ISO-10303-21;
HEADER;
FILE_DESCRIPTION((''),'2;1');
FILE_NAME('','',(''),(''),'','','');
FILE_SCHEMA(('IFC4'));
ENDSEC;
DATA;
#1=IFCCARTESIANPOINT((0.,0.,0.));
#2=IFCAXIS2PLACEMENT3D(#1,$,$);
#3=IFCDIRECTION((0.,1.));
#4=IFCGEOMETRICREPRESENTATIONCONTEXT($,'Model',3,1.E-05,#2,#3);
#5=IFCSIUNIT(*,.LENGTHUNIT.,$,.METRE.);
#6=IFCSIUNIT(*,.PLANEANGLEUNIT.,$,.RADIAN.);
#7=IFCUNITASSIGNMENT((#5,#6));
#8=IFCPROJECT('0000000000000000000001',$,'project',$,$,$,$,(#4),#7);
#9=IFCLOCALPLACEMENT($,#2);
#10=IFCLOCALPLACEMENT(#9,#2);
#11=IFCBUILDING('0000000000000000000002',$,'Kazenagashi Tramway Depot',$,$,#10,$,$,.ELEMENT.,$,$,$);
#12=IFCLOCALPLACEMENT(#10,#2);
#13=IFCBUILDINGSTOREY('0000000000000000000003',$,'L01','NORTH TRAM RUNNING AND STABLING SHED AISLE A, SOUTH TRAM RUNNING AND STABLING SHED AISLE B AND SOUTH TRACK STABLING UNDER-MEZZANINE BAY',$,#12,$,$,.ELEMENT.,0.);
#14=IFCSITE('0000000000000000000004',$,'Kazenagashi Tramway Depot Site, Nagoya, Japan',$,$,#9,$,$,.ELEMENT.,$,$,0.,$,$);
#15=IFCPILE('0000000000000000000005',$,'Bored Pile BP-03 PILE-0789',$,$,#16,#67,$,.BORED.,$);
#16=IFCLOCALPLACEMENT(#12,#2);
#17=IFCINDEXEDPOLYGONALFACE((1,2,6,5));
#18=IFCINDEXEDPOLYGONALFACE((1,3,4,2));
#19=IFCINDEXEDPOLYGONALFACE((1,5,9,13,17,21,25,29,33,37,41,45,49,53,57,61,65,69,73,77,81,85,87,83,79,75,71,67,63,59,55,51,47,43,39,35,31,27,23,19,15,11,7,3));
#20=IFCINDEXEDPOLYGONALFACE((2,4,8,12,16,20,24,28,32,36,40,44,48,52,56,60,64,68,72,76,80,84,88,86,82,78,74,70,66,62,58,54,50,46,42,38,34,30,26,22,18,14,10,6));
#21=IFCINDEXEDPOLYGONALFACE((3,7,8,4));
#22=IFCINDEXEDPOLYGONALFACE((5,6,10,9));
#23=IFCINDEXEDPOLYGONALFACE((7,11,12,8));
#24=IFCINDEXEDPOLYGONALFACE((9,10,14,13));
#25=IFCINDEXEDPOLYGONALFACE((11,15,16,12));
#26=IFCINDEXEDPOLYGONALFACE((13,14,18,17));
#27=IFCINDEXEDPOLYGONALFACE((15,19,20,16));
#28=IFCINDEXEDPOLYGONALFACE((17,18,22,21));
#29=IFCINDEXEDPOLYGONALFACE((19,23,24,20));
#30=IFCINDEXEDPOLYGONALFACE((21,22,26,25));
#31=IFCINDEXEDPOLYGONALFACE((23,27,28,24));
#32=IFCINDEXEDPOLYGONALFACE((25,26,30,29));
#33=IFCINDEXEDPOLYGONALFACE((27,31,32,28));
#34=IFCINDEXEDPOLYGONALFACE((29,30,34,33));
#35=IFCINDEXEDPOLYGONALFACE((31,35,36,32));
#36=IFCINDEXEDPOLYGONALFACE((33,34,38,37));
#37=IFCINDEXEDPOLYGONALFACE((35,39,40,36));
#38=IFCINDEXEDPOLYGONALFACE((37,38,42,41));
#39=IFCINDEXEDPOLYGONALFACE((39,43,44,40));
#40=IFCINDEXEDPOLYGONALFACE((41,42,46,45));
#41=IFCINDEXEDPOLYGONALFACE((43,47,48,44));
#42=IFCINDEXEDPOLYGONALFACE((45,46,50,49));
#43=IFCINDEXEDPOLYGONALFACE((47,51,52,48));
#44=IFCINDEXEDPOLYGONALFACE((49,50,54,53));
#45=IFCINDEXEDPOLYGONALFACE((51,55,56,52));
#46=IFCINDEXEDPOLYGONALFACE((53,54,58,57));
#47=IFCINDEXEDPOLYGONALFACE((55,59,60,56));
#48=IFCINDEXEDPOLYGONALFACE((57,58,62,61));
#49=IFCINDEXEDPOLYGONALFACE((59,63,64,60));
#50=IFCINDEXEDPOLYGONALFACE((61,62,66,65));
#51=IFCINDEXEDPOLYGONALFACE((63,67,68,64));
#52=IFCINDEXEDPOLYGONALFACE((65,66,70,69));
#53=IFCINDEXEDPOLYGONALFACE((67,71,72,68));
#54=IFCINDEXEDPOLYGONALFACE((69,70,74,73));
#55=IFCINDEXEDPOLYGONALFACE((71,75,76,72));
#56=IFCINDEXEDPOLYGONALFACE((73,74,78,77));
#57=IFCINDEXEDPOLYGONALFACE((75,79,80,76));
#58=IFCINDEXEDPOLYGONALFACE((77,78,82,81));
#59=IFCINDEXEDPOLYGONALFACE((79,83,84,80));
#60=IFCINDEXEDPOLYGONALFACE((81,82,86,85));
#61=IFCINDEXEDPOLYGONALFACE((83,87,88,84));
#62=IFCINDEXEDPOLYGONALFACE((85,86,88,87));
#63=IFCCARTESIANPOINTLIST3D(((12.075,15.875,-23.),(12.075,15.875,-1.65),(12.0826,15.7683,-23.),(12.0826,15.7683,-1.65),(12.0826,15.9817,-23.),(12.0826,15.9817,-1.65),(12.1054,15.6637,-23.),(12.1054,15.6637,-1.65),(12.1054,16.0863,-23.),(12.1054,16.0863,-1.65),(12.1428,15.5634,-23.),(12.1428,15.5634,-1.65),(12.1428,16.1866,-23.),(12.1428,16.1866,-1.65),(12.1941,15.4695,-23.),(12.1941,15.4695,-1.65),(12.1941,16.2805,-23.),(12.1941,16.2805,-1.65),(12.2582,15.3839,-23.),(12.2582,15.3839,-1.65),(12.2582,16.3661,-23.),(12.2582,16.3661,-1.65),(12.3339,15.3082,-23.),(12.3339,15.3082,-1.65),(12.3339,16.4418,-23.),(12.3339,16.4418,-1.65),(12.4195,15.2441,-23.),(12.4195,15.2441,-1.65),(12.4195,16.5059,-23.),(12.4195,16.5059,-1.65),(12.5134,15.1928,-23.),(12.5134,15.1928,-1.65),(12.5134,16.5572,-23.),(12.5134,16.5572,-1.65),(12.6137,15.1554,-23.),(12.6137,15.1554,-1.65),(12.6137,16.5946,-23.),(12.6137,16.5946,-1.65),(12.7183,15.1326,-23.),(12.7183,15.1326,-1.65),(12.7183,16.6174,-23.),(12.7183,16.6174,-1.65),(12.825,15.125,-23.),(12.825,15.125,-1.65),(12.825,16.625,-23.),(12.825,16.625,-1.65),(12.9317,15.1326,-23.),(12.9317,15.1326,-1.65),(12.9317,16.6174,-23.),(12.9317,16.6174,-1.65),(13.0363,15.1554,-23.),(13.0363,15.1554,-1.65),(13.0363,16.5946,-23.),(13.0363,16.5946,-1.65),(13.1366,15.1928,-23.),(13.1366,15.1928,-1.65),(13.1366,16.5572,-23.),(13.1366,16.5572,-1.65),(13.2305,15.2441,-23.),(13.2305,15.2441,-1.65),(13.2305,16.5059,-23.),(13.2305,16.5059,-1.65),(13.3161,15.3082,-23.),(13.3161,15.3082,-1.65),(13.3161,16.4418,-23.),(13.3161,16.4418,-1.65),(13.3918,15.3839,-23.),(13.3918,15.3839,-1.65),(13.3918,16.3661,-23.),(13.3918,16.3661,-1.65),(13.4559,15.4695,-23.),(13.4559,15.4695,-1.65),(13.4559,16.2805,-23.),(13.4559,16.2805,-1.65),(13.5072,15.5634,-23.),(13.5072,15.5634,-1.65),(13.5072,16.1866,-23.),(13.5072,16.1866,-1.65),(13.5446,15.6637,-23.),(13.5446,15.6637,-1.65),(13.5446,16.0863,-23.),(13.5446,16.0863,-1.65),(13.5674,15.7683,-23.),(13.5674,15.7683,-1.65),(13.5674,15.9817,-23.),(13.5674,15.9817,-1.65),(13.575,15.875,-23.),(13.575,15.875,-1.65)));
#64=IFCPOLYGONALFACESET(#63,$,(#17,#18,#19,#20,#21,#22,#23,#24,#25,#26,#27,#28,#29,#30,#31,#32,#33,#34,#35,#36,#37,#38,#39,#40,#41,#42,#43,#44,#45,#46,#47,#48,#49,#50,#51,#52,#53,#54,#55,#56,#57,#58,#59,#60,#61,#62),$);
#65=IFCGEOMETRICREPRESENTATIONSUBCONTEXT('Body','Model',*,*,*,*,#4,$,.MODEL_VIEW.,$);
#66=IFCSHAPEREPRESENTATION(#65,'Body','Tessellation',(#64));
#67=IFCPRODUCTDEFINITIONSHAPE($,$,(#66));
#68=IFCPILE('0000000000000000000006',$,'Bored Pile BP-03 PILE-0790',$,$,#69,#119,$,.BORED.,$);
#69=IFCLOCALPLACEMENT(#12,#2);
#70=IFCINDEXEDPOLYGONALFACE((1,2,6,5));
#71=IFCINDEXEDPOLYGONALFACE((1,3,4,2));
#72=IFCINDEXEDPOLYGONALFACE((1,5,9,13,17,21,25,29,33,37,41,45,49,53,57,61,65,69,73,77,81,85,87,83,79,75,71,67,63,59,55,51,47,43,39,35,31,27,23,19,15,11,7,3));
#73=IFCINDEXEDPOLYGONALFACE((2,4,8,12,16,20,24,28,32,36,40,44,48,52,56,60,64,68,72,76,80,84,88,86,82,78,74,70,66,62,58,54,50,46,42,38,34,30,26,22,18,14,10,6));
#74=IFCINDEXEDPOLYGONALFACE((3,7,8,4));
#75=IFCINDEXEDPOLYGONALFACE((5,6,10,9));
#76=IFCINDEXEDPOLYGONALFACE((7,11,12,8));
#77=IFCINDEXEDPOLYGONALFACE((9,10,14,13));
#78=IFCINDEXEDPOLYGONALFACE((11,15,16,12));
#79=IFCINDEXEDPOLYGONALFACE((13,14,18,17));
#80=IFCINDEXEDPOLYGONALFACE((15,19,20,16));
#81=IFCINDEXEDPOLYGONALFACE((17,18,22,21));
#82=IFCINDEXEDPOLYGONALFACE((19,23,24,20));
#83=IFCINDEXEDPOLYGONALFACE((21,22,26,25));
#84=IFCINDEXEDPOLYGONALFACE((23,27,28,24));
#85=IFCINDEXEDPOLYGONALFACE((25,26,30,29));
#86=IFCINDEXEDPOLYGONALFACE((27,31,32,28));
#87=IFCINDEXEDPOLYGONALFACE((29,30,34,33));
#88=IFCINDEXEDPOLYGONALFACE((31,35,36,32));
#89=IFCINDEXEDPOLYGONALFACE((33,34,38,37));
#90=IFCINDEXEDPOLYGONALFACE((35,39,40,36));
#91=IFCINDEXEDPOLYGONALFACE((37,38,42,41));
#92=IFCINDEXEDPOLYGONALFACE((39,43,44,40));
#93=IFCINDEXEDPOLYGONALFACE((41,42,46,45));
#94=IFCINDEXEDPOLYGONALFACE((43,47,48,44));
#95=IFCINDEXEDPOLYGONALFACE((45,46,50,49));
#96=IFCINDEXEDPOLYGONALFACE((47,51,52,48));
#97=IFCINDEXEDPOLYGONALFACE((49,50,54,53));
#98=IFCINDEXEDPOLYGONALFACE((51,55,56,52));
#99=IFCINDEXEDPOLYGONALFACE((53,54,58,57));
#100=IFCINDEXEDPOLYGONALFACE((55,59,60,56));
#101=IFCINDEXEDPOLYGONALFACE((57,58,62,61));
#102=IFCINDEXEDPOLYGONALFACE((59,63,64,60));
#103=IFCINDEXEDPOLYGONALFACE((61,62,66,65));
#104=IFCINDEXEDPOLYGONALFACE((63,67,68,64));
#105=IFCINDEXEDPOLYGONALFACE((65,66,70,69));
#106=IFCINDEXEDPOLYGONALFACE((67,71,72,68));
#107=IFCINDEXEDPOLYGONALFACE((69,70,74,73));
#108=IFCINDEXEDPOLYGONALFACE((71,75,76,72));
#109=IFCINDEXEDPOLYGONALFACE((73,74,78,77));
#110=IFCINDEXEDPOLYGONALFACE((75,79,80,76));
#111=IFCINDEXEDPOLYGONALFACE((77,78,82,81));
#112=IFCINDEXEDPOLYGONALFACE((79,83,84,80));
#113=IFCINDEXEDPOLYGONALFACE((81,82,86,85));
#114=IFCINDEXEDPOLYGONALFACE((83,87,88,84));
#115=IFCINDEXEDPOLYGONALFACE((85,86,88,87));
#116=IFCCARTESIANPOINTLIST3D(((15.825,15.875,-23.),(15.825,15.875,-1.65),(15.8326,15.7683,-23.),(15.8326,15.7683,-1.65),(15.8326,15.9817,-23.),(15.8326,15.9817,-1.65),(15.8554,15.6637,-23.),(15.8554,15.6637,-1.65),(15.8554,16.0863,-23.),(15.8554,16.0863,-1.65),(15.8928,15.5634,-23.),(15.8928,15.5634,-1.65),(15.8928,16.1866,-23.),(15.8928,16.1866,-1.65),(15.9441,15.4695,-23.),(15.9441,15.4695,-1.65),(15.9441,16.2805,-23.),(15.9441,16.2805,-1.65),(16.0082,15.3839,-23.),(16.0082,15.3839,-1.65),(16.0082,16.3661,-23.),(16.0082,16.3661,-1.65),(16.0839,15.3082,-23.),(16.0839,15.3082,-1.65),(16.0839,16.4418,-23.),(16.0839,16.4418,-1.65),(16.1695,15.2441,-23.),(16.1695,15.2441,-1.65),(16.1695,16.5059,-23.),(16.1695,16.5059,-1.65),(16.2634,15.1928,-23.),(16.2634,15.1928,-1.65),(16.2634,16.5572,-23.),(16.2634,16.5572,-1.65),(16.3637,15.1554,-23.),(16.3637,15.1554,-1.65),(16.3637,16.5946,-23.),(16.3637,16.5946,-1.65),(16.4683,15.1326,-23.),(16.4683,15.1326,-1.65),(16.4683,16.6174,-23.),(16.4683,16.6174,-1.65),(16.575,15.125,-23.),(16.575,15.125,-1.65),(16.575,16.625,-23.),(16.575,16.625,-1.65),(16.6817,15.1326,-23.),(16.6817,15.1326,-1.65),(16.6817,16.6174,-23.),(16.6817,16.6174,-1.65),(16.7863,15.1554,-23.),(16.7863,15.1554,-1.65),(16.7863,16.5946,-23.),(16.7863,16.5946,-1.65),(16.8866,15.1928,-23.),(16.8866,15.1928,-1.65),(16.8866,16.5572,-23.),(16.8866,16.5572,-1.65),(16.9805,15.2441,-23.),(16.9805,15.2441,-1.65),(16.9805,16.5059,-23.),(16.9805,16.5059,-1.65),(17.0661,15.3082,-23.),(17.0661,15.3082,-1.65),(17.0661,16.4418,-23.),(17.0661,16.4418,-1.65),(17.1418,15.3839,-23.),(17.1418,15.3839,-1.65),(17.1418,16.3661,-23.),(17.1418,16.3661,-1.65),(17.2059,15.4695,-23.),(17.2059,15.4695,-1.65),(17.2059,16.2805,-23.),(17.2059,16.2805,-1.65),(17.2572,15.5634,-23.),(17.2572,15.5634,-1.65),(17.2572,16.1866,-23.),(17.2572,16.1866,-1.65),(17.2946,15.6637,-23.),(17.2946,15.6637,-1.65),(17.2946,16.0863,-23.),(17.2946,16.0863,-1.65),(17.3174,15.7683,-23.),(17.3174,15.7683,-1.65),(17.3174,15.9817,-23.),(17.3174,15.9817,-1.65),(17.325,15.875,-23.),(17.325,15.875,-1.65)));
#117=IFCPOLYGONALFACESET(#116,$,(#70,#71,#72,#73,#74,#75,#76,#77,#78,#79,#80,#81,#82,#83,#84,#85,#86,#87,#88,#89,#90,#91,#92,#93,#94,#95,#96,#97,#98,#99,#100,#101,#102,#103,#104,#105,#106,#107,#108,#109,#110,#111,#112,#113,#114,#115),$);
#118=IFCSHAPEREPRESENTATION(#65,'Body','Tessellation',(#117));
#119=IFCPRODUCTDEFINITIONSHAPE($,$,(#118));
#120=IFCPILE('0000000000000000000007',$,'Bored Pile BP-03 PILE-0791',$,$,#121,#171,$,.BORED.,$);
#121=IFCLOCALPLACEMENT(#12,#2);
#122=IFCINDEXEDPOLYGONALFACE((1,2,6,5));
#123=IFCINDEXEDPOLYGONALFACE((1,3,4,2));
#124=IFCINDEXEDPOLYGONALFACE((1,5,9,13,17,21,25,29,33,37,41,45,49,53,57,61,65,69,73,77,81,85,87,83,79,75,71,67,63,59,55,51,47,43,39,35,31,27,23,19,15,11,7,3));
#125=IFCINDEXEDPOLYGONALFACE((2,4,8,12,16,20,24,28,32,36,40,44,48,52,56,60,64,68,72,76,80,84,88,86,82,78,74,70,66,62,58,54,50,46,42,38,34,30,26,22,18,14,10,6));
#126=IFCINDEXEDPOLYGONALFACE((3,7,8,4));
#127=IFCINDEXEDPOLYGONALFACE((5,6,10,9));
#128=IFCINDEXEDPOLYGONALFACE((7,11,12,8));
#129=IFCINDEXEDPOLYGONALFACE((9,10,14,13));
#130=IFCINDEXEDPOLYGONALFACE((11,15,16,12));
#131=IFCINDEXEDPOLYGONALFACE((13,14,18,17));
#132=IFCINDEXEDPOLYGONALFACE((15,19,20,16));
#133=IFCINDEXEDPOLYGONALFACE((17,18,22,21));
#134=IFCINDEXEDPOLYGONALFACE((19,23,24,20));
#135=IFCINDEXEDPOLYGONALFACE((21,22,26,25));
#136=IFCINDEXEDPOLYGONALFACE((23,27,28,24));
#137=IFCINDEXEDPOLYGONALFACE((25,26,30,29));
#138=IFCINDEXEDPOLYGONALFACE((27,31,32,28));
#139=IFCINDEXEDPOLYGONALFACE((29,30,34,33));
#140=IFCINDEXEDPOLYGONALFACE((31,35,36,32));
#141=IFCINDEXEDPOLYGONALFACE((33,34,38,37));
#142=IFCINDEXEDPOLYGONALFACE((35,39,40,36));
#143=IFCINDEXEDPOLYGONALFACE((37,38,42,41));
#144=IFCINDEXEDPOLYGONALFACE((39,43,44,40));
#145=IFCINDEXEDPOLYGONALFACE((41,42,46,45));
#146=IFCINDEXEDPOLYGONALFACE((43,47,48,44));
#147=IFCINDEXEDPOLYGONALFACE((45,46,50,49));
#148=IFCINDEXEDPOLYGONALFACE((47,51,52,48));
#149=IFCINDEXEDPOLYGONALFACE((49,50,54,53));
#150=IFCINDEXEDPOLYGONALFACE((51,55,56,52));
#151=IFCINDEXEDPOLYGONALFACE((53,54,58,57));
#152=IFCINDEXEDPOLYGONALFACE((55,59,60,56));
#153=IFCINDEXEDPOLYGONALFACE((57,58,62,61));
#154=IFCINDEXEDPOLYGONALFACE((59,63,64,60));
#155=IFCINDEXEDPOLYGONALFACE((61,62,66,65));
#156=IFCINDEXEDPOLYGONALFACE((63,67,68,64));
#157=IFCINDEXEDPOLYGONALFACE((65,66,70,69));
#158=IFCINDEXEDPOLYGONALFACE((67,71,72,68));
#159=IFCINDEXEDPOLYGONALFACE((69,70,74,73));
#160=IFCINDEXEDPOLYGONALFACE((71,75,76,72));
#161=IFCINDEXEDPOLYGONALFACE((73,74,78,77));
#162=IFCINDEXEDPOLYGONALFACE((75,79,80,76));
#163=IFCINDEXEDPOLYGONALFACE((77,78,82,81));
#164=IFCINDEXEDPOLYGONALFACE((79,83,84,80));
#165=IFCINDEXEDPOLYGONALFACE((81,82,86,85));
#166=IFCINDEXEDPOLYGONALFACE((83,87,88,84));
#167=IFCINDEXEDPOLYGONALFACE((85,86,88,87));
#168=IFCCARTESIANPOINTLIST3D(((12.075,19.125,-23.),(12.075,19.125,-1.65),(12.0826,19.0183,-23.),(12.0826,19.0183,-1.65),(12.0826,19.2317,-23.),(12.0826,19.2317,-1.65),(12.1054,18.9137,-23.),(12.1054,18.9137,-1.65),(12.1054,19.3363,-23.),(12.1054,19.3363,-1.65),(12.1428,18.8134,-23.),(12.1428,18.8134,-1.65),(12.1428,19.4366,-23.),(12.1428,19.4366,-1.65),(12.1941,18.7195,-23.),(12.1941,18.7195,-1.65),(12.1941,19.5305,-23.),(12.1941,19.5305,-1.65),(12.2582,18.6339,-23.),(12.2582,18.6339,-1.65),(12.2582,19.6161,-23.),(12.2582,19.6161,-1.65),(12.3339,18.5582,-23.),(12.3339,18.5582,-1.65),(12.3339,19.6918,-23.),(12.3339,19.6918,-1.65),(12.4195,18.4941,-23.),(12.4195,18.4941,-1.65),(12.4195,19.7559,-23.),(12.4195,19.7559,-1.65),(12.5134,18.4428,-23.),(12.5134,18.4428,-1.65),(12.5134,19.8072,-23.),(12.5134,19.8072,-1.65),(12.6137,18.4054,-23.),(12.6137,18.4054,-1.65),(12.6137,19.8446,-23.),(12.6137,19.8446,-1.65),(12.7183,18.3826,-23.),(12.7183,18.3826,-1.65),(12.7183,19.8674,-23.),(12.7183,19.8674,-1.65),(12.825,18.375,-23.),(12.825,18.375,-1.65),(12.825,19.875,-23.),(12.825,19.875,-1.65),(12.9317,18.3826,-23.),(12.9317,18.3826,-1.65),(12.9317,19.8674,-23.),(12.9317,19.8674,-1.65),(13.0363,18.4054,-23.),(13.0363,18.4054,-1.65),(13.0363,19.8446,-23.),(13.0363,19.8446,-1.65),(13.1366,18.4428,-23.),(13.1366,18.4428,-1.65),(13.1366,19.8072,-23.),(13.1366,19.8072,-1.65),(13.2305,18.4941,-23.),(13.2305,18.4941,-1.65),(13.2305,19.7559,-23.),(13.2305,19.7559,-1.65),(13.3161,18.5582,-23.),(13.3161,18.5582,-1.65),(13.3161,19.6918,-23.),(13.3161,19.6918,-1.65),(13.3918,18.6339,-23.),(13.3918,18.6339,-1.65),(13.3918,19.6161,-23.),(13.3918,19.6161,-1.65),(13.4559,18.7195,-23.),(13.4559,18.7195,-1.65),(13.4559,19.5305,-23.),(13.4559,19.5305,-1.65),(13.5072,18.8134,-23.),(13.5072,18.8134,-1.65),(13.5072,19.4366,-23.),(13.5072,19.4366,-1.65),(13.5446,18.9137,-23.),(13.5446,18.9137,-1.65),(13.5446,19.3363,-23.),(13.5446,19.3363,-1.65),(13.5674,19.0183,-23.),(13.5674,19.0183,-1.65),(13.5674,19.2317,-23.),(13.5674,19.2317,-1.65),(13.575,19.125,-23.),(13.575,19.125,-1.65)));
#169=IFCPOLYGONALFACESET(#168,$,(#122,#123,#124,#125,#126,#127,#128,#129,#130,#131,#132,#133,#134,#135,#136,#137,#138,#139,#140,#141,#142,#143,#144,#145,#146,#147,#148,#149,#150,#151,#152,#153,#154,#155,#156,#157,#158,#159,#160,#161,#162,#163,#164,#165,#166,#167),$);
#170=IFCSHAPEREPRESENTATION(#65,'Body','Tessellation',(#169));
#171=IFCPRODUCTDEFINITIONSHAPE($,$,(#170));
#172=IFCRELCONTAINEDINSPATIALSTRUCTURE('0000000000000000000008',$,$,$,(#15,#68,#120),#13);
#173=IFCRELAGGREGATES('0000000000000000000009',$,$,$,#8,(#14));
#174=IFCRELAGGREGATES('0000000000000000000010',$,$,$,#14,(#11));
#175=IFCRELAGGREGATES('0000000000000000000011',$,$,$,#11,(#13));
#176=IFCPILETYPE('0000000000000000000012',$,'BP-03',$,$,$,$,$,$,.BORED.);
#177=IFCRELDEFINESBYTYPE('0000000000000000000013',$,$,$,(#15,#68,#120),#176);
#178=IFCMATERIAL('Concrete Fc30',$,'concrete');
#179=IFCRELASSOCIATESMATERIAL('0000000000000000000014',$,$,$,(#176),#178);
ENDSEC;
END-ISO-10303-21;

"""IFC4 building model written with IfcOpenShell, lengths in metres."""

from ifc_helpers import new_model, si_unit, direction, frame, origin, origin_2d, place, context, subcontext, project, spatial, circle, extrude, material, material_profile, profile_set, type_object, element, save


model = new_model("IFC4")

# Units and contexts
model_context = context("Model", 3, precision=1e-05, world=origin(), true_north=direction((0.0, 1.0)))
body_context = subcontext(model_context, "Body", "Model", "MODEL_VIEW")
ifc_project = project(units=[si_unit("LENGTHUNIT", "METRE"), si_unit("PLANEANGLEUNIT", "RADIAN")], contexts=[model_context])

# Site, building, storey
site_placement = place(None, origin())
site = spatial("IfcSite", under=ifc_project, at=site_placement, Name="Kazenagashi Tramway Depot Site, Nagoya, Japan", CompositionType="ELEMENT", RefElevation=0.0)
building_placement = place(site_placement, origin())
building = spatial("IfcBuilding", under=site, at=building_placement, Name="Kazenagashi Tramway Depot", CompositionType="ELEMENT")
storey_placement = place(building_placement, origin())
storey = spatial("IfcBuildingStorey", under=building, at=storey_placement, Name="L01", Description="NORTH TRAM RUNNING AND STABLING SHED AISLE A, SOUTH TRAM RUNNING AND STABLING SHED AISLE B AND SOUTH TRACK STABLING UNDER-MEZZANINE BAY", CompositionType="ELEMENT", Elevation=0.0)

# Piles
ifc_material_1 = material(Name="Concrete Fc30", Category="concrete")
ifc_material_profile_1 = material_profile(ifc_material_1, circle(Radius=0.75, at=origin_2d()), Name="PILE-1500")
ifc_profile_set_1 = profile_set([ifc_material_profile_1], Name="Concrete Fc30")
pile_type = type_object("IfcPileType", Name="BP-03", PredefinedType="BORED", material=ifc_profile_set_1)
for number, where, z_axis, x_axis, name in (
    (1, (12.825, 15.875, -1.65), (0.0, 0.0, -1.0), (1.0, 0.0, 0.0), "Bored Pile BP-03 PILE-0789"),
    (2, (16.575, 15.875, -1.65), (0.0, 0.0, -1.0), (1.0, 0.0, 0.0), "Bored Pile BP-03 PILE-0790"),
    (3, (12.825, 19.125, -1.65), (0.0, 0.0, -1.0), (1.0, 0.0, 0.0), "Bored Pile BP-03 PILE-0791"),
):
    element("IfcPile", number, at=place(storey_placement, frame(where, z_axis=z_axis, x_axis=x_axis)), inside=storey, type_object=pile_type, Name=name, PredefinedType="BORED", context=body_context, shape_type="SweptSolid", body=[
        extrude(circle(Radius=0.75, at=origin_2d()), origin(), (0.0, 0.0, 1.0), 21.35),
    ])

save(model, "model.ifc")
